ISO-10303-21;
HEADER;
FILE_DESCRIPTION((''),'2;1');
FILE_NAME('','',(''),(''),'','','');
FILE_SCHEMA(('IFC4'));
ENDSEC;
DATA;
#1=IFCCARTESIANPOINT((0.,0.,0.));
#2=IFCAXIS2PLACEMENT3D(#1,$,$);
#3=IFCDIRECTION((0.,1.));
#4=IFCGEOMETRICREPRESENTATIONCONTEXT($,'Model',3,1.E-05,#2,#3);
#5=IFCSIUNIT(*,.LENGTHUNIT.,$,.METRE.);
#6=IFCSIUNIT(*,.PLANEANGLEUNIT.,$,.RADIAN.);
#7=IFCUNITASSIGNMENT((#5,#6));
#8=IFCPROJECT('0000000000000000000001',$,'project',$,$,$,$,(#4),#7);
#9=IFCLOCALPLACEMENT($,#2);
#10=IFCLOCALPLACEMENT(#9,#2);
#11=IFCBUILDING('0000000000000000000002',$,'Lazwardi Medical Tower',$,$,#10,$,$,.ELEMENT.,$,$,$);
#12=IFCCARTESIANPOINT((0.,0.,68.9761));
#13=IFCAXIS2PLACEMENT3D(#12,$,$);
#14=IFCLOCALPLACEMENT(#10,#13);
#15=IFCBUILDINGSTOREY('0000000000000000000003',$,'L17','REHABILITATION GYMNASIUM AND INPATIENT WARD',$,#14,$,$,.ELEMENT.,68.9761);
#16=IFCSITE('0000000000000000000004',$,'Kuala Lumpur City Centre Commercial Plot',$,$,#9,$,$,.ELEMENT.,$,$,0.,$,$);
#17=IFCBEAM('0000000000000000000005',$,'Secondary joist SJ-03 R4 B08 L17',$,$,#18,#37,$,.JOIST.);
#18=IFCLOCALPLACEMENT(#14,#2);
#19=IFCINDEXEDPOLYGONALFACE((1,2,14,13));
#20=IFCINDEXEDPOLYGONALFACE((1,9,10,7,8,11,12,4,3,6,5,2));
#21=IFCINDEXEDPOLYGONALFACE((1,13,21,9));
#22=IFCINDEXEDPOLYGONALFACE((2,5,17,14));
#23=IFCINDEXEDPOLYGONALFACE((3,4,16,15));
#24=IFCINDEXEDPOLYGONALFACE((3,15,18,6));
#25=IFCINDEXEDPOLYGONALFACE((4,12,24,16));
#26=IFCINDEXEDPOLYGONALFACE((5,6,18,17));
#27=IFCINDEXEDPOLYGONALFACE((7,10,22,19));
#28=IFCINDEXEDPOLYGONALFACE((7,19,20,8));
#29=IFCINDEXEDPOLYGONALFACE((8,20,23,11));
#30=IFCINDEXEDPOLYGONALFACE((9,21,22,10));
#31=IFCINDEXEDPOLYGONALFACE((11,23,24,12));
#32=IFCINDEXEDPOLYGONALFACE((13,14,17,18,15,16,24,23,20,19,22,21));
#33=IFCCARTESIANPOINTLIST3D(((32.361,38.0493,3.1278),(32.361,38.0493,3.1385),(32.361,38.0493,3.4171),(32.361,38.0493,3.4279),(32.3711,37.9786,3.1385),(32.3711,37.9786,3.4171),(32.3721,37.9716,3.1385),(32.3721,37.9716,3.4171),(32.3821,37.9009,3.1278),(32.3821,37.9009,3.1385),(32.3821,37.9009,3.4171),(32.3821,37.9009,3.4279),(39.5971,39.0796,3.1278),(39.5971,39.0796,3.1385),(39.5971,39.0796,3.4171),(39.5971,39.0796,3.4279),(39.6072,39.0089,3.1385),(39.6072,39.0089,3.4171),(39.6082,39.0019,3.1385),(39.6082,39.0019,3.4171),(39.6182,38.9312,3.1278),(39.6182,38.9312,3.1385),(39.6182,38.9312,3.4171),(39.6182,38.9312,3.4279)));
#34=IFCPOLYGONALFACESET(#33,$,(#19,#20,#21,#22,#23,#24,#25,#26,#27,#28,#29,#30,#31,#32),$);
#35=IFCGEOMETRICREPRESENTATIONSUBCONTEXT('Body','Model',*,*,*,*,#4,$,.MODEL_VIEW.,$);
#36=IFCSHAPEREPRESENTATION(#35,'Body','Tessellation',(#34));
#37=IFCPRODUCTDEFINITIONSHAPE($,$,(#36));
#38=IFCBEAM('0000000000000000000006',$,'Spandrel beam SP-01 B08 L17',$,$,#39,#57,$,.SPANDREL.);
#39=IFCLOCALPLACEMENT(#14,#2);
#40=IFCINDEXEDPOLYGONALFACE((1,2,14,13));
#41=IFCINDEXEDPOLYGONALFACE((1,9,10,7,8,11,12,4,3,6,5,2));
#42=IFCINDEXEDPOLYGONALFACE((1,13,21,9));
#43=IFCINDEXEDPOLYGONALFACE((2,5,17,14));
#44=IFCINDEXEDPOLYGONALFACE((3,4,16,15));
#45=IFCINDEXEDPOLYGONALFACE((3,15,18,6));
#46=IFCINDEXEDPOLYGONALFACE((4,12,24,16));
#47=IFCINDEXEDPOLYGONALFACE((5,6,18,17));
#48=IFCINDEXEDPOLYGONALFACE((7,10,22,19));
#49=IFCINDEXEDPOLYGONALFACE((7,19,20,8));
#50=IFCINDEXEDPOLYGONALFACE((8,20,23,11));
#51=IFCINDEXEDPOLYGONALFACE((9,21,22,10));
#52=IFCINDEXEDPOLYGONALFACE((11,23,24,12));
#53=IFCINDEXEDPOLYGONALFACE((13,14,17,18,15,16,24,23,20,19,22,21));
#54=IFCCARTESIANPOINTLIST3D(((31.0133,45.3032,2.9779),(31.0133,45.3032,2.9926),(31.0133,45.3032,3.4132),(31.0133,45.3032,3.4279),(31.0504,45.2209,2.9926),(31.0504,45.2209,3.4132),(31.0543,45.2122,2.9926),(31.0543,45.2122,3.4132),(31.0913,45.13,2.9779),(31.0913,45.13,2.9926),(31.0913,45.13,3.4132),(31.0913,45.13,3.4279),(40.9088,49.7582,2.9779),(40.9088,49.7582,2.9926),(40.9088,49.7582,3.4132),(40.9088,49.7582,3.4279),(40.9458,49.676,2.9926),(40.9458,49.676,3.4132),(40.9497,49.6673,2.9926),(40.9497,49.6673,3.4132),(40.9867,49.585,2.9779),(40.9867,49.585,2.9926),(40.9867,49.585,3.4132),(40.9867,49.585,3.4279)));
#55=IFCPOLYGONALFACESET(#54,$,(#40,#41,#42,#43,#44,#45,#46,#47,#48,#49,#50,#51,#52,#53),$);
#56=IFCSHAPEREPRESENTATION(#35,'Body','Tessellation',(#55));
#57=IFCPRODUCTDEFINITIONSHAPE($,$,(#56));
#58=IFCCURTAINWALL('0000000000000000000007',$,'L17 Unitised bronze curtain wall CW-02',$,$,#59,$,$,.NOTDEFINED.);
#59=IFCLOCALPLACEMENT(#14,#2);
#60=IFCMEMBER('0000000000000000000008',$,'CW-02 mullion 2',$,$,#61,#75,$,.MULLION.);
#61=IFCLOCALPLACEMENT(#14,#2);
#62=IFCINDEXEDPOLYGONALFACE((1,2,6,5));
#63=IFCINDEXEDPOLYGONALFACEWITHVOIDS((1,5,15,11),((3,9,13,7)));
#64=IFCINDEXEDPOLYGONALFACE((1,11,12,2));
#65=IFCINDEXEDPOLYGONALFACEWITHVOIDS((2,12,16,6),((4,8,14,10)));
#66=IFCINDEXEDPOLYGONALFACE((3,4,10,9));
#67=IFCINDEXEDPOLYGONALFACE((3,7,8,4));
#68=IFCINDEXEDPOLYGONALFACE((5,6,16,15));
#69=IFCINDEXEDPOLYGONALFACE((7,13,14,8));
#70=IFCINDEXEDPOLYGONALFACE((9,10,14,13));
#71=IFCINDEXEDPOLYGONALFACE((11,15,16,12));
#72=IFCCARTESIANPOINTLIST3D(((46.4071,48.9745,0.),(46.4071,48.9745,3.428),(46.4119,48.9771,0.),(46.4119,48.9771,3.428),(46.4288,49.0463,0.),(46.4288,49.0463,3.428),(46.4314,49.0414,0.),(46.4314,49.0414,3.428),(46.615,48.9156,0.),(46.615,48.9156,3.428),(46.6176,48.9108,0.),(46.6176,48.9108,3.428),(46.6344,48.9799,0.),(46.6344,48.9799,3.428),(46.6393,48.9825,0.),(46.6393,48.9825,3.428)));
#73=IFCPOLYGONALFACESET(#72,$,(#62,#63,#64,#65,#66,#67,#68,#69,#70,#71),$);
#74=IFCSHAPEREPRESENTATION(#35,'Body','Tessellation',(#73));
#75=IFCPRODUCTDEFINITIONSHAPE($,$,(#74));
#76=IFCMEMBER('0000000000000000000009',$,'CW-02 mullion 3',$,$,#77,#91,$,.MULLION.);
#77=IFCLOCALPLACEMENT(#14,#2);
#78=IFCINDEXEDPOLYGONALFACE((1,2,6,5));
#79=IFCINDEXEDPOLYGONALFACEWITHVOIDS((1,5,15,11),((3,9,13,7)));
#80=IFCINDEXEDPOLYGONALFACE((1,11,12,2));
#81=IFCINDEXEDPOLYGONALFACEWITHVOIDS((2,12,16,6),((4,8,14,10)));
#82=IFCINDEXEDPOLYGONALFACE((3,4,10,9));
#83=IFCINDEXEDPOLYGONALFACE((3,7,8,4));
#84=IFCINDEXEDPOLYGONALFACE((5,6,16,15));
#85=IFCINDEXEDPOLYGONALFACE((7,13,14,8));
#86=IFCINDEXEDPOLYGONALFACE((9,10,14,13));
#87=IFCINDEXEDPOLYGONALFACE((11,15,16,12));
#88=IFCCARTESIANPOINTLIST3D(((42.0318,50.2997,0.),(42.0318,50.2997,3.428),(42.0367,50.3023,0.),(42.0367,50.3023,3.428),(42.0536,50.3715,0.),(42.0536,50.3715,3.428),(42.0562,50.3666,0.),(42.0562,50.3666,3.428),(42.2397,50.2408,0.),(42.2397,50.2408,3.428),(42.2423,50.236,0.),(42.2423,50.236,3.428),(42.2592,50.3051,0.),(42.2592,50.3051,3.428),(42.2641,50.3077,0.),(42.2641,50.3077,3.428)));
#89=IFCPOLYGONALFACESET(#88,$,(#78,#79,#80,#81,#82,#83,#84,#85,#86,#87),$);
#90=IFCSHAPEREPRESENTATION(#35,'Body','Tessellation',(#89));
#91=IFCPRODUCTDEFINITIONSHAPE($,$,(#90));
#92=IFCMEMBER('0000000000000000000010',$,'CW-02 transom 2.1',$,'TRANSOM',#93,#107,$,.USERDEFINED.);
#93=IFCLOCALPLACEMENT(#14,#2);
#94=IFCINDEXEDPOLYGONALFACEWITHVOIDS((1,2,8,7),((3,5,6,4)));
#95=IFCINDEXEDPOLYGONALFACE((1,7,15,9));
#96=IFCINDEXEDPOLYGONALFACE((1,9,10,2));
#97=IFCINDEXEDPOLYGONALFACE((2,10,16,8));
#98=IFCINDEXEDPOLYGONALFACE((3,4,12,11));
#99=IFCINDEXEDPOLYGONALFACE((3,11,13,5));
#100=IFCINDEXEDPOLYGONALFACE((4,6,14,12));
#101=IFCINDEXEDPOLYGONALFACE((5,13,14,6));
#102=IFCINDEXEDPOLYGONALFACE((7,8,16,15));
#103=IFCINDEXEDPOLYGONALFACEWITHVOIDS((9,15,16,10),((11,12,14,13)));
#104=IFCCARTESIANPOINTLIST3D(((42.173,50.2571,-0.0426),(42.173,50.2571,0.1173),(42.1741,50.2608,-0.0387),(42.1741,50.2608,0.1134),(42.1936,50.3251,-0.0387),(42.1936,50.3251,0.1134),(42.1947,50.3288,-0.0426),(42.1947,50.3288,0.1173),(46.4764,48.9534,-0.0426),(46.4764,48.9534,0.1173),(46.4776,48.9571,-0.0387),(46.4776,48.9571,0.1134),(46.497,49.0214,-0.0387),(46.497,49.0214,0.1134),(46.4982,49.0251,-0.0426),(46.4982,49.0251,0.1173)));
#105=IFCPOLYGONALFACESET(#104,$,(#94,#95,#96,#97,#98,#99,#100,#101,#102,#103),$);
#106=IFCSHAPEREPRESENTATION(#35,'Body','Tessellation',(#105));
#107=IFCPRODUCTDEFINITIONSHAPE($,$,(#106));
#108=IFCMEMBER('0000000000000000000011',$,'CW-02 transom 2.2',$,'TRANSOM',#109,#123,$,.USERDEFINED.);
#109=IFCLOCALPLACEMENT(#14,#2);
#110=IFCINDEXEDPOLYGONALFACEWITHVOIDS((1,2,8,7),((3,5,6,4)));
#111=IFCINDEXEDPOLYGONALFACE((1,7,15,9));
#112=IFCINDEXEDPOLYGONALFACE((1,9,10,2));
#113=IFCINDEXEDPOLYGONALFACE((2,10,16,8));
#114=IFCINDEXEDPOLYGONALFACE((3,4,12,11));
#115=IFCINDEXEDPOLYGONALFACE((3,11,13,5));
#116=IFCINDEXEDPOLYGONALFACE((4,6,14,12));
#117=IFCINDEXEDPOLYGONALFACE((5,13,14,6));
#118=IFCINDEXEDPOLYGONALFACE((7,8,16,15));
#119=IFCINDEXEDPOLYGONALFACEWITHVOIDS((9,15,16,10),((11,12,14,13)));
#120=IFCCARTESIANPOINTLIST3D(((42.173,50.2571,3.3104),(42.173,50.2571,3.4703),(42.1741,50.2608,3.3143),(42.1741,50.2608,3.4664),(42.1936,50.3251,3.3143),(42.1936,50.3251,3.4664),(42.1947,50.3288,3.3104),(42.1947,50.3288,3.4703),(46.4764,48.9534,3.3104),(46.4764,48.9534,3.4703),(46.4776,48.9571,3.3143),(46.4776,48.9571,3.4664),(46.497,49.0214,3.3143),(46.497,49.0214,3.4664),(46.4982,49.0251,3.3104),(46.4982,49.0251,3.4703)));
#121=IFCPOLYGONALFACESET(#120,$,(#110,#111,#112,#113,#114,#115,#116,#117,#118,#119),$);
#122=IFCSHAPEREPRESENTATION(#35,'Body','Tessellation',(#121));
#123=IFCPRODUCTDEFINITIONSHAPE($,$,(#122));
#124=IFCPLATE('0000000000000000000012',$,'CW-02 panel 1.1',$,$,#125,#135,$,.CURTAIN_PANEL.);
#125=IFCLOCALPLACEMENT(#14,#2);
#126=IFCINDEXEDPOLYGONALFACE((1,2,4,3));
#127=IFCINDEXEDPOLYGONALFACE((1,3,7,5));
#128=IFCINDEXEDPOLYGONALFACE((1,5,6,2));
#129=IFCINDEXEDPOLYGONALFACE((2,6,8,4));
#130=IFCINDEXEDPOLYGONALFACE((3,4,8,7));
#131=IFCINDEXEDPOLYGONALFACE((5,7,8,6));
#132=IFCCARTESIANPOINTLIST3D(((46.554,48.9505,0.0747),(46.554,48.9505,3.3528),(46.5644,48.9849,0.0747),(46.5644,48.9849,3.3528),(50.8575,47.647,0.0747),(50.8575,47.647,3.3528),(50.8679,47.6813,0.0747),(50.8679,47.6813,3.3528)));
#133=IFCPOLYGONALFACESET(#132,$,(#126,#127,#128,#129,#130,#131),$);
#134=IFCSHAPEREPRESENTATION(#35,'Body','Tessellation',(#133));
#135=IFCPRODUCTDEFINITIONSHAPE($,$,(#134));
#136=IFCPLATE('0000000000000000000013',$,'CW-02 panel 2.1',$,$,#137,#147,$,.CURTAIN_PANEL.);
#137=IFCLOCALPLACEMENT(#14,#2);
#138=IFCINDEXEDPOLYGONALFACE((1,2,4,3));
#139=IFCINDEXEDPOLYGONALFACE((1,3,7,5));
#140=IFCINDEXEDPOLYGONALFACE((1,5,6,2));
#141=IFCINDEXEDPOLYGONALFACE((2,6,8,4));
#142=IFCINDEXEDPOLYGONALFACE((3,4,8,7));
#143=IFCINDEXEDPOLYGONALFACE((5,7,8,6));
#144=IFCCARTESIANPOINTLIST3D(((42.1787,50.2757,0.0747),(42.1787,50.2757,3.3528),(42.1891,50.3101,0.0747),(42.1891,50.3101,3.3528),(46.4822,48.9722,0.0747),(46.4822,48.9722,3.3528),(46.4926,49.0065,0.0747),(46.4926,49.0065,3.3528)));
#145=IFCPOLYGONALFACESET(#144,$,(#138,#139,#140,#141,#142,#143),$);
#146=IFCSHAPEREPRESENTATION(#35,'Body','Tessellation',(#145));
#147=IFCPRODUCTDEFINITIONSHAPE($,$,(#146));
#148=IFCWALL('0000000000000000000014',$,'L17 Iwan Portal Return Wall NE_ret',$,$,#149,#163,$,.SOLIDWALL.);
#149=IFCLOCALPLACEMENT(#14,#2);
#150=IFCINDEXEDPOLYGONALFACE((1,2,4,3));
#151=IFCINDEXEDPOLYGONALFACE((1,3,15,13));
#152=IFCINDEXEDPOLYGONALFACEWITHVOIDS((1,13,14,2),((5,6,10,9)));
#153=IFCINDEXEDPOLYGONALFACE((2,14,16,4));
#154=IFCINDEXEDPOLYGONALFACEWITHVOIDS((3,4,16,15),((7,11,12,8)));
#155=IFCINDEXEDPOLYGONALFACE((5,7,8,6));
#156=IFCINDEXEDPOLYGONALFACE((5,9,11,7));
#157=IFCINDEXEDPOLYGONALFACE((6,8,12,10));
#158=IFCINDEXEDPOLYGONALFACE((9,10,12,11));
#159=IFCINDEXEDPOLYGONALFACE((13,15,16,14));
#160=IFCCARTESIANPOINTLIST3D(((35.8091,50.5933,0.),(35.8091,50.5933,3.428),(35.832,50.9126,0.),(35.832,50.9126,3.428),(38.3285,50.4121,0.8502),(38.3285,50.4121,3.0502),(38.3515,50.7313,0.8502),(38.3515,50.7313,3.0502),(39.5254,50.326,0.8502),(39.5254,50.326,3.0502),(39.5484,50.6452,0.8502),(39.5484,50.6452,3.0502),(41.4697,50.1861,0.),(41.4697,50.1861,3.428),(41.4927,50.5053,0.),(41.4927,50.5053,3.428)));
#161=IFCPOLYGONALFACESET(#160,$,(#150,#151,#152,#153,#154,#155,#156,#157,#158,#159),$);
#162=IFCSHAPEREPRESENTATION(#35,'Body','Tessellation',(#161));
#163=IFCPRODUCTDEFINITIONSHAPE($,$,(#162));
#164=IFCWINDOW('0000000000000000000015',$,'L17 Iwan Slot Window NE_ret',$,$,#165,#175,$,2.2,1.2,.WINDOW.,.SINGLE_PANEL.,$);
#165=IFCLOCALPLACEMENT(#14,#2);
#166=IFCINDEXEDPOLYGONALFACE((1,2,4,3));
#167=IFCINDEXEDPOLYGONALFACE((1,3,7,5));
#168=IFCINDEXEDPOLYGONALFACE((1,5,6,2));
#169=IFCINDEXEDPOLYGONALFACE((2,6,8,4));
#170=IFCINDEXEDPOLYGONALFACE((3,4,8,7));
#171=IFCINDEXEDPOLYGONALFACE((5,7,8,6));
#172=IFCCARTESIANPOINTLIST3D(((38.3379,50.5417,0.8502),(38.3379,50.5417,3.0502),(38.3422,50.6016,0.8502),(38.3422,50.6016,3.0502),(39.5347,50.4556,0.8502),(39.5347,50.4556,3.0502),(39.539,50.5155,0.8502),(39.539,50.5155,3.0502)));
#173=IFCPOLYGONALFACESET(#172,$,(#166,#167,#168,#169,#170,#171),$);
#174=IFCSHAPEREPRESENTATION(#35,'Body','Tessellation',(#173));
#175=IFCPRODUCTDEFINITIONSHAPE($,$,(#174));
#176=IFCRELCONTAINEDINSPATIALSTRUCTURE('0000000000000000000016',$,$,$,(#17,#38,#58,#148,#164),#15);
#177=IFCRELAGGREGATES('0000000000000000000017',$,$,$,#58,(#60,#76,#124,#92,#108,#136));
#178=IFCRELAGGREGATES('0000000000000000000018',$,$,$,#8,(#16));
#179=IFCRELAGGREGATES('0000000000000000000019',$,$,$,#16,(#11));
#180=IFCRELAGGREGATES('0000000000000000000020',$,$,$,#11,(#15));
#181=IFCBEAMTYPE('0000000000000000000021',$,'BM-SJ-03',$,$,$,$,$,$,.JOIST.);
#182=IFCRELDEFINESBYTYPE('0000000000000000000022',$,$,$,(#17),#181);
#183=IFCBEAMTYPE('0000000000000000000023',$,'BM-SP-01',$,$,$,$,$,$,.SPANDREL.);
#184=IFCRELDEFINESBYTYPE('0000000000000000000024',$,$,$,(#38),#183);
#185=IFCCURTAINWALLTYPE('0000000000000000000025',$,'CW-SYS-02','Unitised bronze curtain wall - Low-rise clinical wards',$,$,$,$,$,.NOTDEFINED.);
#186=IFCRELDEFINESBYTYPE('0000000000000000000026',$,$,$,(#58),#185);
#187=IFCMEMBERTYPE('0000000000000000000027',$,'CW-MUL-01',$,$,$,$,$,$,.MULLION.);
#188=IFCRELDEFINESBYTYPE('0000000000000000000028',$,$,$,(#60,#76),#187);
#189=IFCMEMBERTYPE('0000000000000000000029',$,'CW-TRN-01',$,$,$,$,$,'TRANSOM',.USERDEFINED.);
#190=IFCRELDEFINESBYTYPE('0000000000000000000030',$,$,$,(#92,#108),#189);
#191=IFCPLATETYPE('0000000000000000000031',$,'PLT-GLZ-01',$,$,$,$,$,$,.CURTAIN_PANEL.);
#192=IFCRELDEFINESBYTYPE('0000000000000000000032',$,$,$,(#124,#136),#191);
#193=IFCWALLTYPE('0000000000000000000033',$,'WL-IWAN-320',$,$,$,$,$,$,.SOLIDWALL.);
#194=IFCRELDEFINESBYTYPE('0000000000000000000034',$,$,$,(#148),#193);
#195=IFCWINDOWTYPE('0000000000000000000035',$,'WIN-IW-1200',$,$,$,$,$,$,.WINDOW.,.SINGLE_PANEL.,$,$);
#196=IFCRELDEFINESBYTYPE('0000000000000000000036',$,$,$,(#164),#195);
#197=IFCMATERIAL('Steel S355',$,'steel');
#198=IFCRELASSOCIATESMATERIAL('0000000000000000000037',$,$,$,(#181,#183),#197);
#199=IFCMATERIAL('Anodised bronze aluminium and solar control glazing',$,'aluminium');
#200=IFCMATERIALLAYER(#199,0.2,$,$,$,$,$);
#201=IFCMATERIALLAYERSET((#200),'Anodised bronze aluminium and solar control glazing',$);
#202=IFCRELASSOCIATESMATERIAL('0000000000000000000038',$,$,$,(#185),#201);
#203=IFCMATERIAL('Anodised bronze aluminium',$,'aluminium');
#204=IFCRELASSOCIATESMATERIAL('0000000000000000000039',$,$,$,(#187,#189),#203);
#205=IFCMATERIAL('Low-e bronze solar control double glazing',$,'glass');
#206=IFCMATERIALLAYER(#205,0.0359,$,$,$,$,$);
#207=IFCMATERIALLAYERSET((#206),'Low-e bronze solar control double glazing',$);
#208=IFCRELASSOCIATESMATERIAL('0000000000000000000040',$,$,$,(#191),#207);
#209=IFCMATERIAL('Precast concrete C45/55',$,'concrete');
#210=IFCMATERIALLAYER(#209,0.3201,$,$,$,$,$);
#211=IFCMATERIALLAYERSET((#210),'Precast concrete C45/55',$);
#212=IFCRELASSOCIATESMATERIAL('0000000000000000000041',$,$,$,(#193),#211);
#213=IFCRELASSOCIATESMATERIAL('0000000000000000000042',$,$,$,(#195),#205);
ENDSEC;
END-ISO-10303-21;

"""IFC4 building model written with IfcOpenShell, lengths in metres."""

from ifc_helpers import new_model, si_unit, direction, frame, frame_2d, origin, origin_2d, place, context, subcontext, project, spatial, rectangle, hollow_rectangle, i_section, extrude, material, layer, layer_set, material_profile, profile_set, type_object, element, fill, aggregate, save


model = new_model("IFC4")

# Units and contexts
model_context = context("Model", 3, precision=1e-05, world=origin(), true_north=direction((0.0, 1.0)))
body_context = subcontext(model_context, "Body", "Model", "MODEL_VIEW")
ifc_project = project(units=[si_unit("LENGTHUNIT", "METRE"), si_unit("PLANEANGLEUNIT", "RADIAN")], contexts=[model_context])

# Site, building, storey
site_placement = place(None, origin())
site = spatial("IfcSite", under=ifc_project, at=site_placement, Name="Kuala Lumpur City Centre Commercial Plot", CompositionType="ELEMENT", RefElevation=0.0)
building_placement = place(site_placement, origin())
building = spatial("IfcBuilding", under=site, at=building_placement, Name="Lazwardi Medical Tower", CompositionType="ELEMENT")
storey_placement = place(building_placement, frame((0.0, 0.0, 68.9761)))
storey = spatial("IfcBuildingStorey", under=building, at=storey_placement, Name="L17", Description="REHABILITATION GYMNASIUM AND INPATIENT WARD", CompositionType="ELEMENT", Elevation=68.9761)

# Beams
ifc_material_1 = material(Name="Steel S355", Category="steel")
ifc_material_profile_1 = material_profile(ifc_material_1, i_section(OverallWidth=0.1499, OverallDepth=0.3, WebThickness=0.0071, FlangeThickness=0.0107, at=origin_2d()), Name="IPE 300")
ifc_profile_set_1 = profile_set([ifc_material_profile_1], Name="Steel S355")
beam_type_1 = type_object("IfcBeamType", Name="BM-SJ-03", PredefinedType="JOIST", material=ifc_profile_set_1)
beam_1_placement = place(storey_placement, frame((39.6077, 39.0054, 3.2778), z_axis=(-0.990016, -0.140958, 0.0), x_axis=(0.140958, -0.990016, 0.0)))
element("IfcBeam", 1, at=beam_1_placement, inside=storey, type_object=beam_type_1, Name="Secondary joist SJ-03 R4 B08 L17", PredefinedType="JOIST", context=body_context, shape_type="SweptSolid", body=[
    extrude(i_section(OverallWidth=0.1499, OverallDepth=0.3, WebThickness=0.0071, FlangeThickness=0.0107, at=origin_2d()), origin(), (0.0, 0.0, 1.0), 7.3091),
])
ifc_material_profile_2 = material_profile(ifc_material_1, i_section(OverallWidth=0.1899, OverallDepth=0.45, WebThickness=0.0095, FlangeThickness=0.0146, at=origin_2d()), Name="IPE 450")
ifc_profile_set_2 = profile_set([ifc_material_profile_2], Name="Steel S355")
beam_type_2 = type_object("IfcBeamType", Name="BM-SP-01", PredefinedType="SPANDREL", material=ifc_profile_set_2)
beam_2_placement = place(storey_placement, frame((40.9478, 49.6716, 3.2029), z_axis=(-0.911849, -0.410526, 0.0), x_axis=(0.410526, -0.911849, 0.0)))
element("IfcBeam", 2, at=beam_2_placement, inside=storey, type_object=beam_type_2, Name="Spandrel beam SP-01 B08 L17", PredefinedType="SPANDREL", context=body_context, shape_type="SweptSolid", body=[
    extrude(i_section(OverallWidth=0.1899, OverallDepth=0.45, WebThickness=0.0095, FlangeThickness=0.0146, at=origin_2d()), origin(), (0.0, 0.0, 1.0), 10.8521),
])

# Curtain wall, members, plates
ifc_material_2 = material(Name="Anodised bronze aluminium and solar control glazing", Category="aluminium")
ifc_layer_1 = layer(ifc_material_2, 0.2)
ifc_layer_set_1 = layer_set([ifc_layer_1], Name="Anodised bronze aluminium and solar control glazing")
curtain_wall_type = type_object("IfcCurtainWallType", Name="CW-SYS-02", Description="Unitised bronze curtain wall - Low-rise clinical wards", PredefinedType="NOTDEFINED", material=ifc_layer_set_1)
curtain_wall_placement = place(storey_placement, origin())
curtain_wall = element("IfcCurtainWall", 3, at=curtain_wall_placement, inside=storey, type_object=curtain_wall_type, Name="L17 Unitised bronze curtain wall CW-02", PredefinedType="NOTDEFINED")
ifc_material_3 = material(Name="Anodised bronze aluminium", Category="aluminium")
ifc_material_profile_3 = material_profile(ifc_material_3, hollow_rectangle(XDim=0.075, YDim=0.22, WallThickness=0.0039, at=origin_2d()), Name="ALU-MULLION 220x75x4")
ifc_profile_set_3 = profile_set([ifc_material_profile_3], Name="Anodised bronze aluminium")
member_type_1 = type_object("IfcMemberType", Name="CW-MUL-01", PredefinedType="MULLION", material=ifc_profile_set_3)
member_1_placement = place(storey_placement, frame((46.5232, 48.9785, 0.0), z_axis=(0.0, 0.0, 1.0), x_axis=(-0.289896, -0.957058, 0.0)))
member_1 = element("IfcMember", 4, at=member_1_placement, type_object=member_type_1, Name="CW-02 mullion 2", PredefinedType="MULLION", context=body_context, shape_type="SweptSolid", body=[
    extrude(hollow_rectangle(XDim=0.075, YDim=0.22, WallThickness=0.0039, at=origin_2d()), origin(), (0.0, 0.0, 1.0), 3.428),
])
member_2_placement = place(storey_placement, frame((42.1479, 50.3037, 0.0), z_axis=(0.0, 0.0, 1.0), x_axis=(-0.289896, -0.957058, 0.0)))
member_2 = element("IfcMember", 5, at=member_2_placement, type_object=member_type_1, Name="CW-02 mullion 3", PredefinedType="MULLION", context=body_context, shape_type="SweptSolid", body=[
    extrude(hollow_rectangle(XDim=0.075, YDim=0.22, WallThickness=0.0039, at=origin_2d()), origin(), (0.0, 0.0, 1.0), 3.428),
])
ifc_material_profile_4 = material_profile(ifc_material_3, hollow_rectangle(XDim=0.075, YDim=0.1599, WallThickness=0.0039, at=origin_2d()), Name="ALU-TRANSOM 160x75x4")
ifc_profile_set_4 = profile_set([ifc_material_profile_4], Name="Anodised bronze aluminium")
member_type_2 = type_object("IfcMemberType", Name="CW-TRN-01", ElementType="TRANSOM", PredefinedType="USERDEFINED", material=ifc_profile_set_4)
member_3_placement = place(storey_placement, frame((46.4873, 48.9893, 0.0374), z_axis=(-0.957047, 0.289932, 0.0), x_axis=(-0.289932, -0.957047, 0.0)))
member_3 = element("IfcMember", 6, at=member_3_placement, type_object=member_type_2, Name="CW-02 transom 2.1", ObjectType="TRANSOM", PredefinedType="USERDEFINED", context=body_context, shape_type="SweptSolid", body=[
    extrude(hollow_rectangle(XDim=0.075, YDim=0.1599, WallThickness=0.0039, at=origin_2d()), origin(), (0.0, 0.0, 1.0), 4.4966),
])
member_4_placement = place(storey_placement, frame((46.4873, 48.9893, 3.3904), z_axis=(-0.957047, 0.289932, 0.0), x_axis=(-0.289932, -0.957047, 0.0)))
member_4 = element("IfcMember", 7, at=member_4_placement, type_object=member_type_2, Name="CW-02 transom 2.2", ObjectType="TRANSOM", PredefinedType="USERDEFINED", context=body_context, shape_type="SweptSolid", body=[
    extrude(hollow_rectangle(XDim=0.075, YDim=0.1599, WallThickness=0.0039, at=origin_2d()), origin(), (0.0, 0.0, 1.0), 4.4966),
])
ifc_material_4 = material(Name="Low-e bronze solar control double glazing", Category="glass")
ifc_layer_2 = layer(ifc_material_4, 0.0359)
ifc_layer_set_2 = layer_set([ifc_layer_2], Name="Low-e bronze solar control double glazing")
plate_type = type_object("IfcPlateType", Name="PLT-GLZ-01", PredefinedType="CURTAIN_PANEL", material=ifc_layer_set_2)
plate_1_placement = place(storey_placement, frame((48.7109, 48.3159, 0.0747), z_axis=(0.0, 0.0, 1.0), x_axis=(-0.957058, 0.289896, 0.0)))
plate_1 = element("IfcPlate", 8, at=plate_1_placement, type_object=plate_type, Name="CW-02 panel 1.1", PredefinedType="CURTAIN_PANEL", context=body_context, shape_type="SweptSolid", body=[
    extrude(rectangle(XDim=4.4966, YDim=0.0359, at=origin_2d()), origin(), (0.0, 0.0, 1.0), 3.2781),
])
plate_2_placement = place(storey_placement, frame((44.3357, 49.6411, 0.0747), z_axis=(0.0, 0.0, 1.0), x_axis=(-0.957058, 0.289896, 0.0)))
plate_2 = element("IfcPlate", 9, at=plate_2_placement, type_object=plate_type, Name="CW-02 panel 2.1", PredefinedType="CURTAIN_PANEL", context=body_context, shape_type="SweptSolid", body=[
    extrude(rectangle(XDim=4.4966, YDim=0.0359, at=origin_2d()), origin(), (0.0, 0.0, 1.0), 3.2781),
])
aggregate(curtain_wall, [member_1, member_2, plate_1, member_3, member_4, plate_2])

# Wall, opening, window
ifc_material_5 = material(Name="Precast concrete C45/55", Category="concrete")
ifc_layer_3 = layer(ifc_material_5, 0.3201)
ifc_layer_set_3 = layer_set([ifc_layer_3], Name="Precast concrete C45/55")
wall_type_1 = type_object("IfcWallType", Name="WL-IWAN-320", PredefinedType="SOLIDWALL", material=ifc_layer_set_3)
wall_1_placement = place(storey_placement, frame((41.4812, 50.3457, 0.0), z_axis=(0.0, 0.0, 1.0), x_axis=(-0.997422, 0.071755, 0.0)))
wall_1 = element("IfcWall", 10, at=wall_1_placement, inside=storey, type_object=wall_type_1, Name="L17 Iwan Portal Return Wall NE_ret", PredefinedType="SOLIDWALL", context=body_context, shape_type="SweptSolid", body=[
    extrude(rectangle(XDim=5.6753, YDim=0.3201, at=frame_2d((2.8376, 0.0))), origin(), (0.0, 0.0, 1.0), 3.428),
])
opening_1_placement = place(wall_1_placement, frame((1.9492, 0.0, 0.8501)))
opening_1 = element("IfcOpeningElement", 11, at=opening_1_placement, cuts=wall_1, PredefinedType="OPENING", context=body_context, shape_type="SweptSolid", body=[
    extrude(rectangle(XDim=1.2, YDim=2.2, at=frame_2d((0.6001, 1.1001))), frame((0.0, 0.1699, 0.0), z_axis=(0.0, -1.0, 0.0), x_axis=(1.0, 0.0, 0.0)), (0.0, 0.0, 1.0), 0.3401),
])
window_type_1 = type_object("IfcWindowType", Name="WIN-IW-1200", PartitioningType="SINGLE_PANEL", PredefinedType="WINDOW", material=ifc_material_4)
window_1_placement = place(opening_1_placement, origin())
window_1 = element("IfcWindow", 12, at=window_1_placement, inside=storey, type_object=window_type_1, Name="L17 Iwan Slot Window NE_ret", OverallHeight=2.2, OverallWidth=1.2, PartitioningType="SINGLE_PANEL", PredefinedType="WINDOW", context=body_context, shape_type="SweptSolid", body=[
    extrude(rectangle(XDim=1.2, YDim=2.2, at=frame_2d((0.6001, 1.1001))), frame((0.0, 0.03, 0.0), z_axis=(0.0, -1.0, 0.0), x_axis=(1.0, 0.0, 0.0)), (0.0, 0.0, 1.0), 0.0601),
])
fill(opening_1, window_1)

save(model, "model.ifc")
